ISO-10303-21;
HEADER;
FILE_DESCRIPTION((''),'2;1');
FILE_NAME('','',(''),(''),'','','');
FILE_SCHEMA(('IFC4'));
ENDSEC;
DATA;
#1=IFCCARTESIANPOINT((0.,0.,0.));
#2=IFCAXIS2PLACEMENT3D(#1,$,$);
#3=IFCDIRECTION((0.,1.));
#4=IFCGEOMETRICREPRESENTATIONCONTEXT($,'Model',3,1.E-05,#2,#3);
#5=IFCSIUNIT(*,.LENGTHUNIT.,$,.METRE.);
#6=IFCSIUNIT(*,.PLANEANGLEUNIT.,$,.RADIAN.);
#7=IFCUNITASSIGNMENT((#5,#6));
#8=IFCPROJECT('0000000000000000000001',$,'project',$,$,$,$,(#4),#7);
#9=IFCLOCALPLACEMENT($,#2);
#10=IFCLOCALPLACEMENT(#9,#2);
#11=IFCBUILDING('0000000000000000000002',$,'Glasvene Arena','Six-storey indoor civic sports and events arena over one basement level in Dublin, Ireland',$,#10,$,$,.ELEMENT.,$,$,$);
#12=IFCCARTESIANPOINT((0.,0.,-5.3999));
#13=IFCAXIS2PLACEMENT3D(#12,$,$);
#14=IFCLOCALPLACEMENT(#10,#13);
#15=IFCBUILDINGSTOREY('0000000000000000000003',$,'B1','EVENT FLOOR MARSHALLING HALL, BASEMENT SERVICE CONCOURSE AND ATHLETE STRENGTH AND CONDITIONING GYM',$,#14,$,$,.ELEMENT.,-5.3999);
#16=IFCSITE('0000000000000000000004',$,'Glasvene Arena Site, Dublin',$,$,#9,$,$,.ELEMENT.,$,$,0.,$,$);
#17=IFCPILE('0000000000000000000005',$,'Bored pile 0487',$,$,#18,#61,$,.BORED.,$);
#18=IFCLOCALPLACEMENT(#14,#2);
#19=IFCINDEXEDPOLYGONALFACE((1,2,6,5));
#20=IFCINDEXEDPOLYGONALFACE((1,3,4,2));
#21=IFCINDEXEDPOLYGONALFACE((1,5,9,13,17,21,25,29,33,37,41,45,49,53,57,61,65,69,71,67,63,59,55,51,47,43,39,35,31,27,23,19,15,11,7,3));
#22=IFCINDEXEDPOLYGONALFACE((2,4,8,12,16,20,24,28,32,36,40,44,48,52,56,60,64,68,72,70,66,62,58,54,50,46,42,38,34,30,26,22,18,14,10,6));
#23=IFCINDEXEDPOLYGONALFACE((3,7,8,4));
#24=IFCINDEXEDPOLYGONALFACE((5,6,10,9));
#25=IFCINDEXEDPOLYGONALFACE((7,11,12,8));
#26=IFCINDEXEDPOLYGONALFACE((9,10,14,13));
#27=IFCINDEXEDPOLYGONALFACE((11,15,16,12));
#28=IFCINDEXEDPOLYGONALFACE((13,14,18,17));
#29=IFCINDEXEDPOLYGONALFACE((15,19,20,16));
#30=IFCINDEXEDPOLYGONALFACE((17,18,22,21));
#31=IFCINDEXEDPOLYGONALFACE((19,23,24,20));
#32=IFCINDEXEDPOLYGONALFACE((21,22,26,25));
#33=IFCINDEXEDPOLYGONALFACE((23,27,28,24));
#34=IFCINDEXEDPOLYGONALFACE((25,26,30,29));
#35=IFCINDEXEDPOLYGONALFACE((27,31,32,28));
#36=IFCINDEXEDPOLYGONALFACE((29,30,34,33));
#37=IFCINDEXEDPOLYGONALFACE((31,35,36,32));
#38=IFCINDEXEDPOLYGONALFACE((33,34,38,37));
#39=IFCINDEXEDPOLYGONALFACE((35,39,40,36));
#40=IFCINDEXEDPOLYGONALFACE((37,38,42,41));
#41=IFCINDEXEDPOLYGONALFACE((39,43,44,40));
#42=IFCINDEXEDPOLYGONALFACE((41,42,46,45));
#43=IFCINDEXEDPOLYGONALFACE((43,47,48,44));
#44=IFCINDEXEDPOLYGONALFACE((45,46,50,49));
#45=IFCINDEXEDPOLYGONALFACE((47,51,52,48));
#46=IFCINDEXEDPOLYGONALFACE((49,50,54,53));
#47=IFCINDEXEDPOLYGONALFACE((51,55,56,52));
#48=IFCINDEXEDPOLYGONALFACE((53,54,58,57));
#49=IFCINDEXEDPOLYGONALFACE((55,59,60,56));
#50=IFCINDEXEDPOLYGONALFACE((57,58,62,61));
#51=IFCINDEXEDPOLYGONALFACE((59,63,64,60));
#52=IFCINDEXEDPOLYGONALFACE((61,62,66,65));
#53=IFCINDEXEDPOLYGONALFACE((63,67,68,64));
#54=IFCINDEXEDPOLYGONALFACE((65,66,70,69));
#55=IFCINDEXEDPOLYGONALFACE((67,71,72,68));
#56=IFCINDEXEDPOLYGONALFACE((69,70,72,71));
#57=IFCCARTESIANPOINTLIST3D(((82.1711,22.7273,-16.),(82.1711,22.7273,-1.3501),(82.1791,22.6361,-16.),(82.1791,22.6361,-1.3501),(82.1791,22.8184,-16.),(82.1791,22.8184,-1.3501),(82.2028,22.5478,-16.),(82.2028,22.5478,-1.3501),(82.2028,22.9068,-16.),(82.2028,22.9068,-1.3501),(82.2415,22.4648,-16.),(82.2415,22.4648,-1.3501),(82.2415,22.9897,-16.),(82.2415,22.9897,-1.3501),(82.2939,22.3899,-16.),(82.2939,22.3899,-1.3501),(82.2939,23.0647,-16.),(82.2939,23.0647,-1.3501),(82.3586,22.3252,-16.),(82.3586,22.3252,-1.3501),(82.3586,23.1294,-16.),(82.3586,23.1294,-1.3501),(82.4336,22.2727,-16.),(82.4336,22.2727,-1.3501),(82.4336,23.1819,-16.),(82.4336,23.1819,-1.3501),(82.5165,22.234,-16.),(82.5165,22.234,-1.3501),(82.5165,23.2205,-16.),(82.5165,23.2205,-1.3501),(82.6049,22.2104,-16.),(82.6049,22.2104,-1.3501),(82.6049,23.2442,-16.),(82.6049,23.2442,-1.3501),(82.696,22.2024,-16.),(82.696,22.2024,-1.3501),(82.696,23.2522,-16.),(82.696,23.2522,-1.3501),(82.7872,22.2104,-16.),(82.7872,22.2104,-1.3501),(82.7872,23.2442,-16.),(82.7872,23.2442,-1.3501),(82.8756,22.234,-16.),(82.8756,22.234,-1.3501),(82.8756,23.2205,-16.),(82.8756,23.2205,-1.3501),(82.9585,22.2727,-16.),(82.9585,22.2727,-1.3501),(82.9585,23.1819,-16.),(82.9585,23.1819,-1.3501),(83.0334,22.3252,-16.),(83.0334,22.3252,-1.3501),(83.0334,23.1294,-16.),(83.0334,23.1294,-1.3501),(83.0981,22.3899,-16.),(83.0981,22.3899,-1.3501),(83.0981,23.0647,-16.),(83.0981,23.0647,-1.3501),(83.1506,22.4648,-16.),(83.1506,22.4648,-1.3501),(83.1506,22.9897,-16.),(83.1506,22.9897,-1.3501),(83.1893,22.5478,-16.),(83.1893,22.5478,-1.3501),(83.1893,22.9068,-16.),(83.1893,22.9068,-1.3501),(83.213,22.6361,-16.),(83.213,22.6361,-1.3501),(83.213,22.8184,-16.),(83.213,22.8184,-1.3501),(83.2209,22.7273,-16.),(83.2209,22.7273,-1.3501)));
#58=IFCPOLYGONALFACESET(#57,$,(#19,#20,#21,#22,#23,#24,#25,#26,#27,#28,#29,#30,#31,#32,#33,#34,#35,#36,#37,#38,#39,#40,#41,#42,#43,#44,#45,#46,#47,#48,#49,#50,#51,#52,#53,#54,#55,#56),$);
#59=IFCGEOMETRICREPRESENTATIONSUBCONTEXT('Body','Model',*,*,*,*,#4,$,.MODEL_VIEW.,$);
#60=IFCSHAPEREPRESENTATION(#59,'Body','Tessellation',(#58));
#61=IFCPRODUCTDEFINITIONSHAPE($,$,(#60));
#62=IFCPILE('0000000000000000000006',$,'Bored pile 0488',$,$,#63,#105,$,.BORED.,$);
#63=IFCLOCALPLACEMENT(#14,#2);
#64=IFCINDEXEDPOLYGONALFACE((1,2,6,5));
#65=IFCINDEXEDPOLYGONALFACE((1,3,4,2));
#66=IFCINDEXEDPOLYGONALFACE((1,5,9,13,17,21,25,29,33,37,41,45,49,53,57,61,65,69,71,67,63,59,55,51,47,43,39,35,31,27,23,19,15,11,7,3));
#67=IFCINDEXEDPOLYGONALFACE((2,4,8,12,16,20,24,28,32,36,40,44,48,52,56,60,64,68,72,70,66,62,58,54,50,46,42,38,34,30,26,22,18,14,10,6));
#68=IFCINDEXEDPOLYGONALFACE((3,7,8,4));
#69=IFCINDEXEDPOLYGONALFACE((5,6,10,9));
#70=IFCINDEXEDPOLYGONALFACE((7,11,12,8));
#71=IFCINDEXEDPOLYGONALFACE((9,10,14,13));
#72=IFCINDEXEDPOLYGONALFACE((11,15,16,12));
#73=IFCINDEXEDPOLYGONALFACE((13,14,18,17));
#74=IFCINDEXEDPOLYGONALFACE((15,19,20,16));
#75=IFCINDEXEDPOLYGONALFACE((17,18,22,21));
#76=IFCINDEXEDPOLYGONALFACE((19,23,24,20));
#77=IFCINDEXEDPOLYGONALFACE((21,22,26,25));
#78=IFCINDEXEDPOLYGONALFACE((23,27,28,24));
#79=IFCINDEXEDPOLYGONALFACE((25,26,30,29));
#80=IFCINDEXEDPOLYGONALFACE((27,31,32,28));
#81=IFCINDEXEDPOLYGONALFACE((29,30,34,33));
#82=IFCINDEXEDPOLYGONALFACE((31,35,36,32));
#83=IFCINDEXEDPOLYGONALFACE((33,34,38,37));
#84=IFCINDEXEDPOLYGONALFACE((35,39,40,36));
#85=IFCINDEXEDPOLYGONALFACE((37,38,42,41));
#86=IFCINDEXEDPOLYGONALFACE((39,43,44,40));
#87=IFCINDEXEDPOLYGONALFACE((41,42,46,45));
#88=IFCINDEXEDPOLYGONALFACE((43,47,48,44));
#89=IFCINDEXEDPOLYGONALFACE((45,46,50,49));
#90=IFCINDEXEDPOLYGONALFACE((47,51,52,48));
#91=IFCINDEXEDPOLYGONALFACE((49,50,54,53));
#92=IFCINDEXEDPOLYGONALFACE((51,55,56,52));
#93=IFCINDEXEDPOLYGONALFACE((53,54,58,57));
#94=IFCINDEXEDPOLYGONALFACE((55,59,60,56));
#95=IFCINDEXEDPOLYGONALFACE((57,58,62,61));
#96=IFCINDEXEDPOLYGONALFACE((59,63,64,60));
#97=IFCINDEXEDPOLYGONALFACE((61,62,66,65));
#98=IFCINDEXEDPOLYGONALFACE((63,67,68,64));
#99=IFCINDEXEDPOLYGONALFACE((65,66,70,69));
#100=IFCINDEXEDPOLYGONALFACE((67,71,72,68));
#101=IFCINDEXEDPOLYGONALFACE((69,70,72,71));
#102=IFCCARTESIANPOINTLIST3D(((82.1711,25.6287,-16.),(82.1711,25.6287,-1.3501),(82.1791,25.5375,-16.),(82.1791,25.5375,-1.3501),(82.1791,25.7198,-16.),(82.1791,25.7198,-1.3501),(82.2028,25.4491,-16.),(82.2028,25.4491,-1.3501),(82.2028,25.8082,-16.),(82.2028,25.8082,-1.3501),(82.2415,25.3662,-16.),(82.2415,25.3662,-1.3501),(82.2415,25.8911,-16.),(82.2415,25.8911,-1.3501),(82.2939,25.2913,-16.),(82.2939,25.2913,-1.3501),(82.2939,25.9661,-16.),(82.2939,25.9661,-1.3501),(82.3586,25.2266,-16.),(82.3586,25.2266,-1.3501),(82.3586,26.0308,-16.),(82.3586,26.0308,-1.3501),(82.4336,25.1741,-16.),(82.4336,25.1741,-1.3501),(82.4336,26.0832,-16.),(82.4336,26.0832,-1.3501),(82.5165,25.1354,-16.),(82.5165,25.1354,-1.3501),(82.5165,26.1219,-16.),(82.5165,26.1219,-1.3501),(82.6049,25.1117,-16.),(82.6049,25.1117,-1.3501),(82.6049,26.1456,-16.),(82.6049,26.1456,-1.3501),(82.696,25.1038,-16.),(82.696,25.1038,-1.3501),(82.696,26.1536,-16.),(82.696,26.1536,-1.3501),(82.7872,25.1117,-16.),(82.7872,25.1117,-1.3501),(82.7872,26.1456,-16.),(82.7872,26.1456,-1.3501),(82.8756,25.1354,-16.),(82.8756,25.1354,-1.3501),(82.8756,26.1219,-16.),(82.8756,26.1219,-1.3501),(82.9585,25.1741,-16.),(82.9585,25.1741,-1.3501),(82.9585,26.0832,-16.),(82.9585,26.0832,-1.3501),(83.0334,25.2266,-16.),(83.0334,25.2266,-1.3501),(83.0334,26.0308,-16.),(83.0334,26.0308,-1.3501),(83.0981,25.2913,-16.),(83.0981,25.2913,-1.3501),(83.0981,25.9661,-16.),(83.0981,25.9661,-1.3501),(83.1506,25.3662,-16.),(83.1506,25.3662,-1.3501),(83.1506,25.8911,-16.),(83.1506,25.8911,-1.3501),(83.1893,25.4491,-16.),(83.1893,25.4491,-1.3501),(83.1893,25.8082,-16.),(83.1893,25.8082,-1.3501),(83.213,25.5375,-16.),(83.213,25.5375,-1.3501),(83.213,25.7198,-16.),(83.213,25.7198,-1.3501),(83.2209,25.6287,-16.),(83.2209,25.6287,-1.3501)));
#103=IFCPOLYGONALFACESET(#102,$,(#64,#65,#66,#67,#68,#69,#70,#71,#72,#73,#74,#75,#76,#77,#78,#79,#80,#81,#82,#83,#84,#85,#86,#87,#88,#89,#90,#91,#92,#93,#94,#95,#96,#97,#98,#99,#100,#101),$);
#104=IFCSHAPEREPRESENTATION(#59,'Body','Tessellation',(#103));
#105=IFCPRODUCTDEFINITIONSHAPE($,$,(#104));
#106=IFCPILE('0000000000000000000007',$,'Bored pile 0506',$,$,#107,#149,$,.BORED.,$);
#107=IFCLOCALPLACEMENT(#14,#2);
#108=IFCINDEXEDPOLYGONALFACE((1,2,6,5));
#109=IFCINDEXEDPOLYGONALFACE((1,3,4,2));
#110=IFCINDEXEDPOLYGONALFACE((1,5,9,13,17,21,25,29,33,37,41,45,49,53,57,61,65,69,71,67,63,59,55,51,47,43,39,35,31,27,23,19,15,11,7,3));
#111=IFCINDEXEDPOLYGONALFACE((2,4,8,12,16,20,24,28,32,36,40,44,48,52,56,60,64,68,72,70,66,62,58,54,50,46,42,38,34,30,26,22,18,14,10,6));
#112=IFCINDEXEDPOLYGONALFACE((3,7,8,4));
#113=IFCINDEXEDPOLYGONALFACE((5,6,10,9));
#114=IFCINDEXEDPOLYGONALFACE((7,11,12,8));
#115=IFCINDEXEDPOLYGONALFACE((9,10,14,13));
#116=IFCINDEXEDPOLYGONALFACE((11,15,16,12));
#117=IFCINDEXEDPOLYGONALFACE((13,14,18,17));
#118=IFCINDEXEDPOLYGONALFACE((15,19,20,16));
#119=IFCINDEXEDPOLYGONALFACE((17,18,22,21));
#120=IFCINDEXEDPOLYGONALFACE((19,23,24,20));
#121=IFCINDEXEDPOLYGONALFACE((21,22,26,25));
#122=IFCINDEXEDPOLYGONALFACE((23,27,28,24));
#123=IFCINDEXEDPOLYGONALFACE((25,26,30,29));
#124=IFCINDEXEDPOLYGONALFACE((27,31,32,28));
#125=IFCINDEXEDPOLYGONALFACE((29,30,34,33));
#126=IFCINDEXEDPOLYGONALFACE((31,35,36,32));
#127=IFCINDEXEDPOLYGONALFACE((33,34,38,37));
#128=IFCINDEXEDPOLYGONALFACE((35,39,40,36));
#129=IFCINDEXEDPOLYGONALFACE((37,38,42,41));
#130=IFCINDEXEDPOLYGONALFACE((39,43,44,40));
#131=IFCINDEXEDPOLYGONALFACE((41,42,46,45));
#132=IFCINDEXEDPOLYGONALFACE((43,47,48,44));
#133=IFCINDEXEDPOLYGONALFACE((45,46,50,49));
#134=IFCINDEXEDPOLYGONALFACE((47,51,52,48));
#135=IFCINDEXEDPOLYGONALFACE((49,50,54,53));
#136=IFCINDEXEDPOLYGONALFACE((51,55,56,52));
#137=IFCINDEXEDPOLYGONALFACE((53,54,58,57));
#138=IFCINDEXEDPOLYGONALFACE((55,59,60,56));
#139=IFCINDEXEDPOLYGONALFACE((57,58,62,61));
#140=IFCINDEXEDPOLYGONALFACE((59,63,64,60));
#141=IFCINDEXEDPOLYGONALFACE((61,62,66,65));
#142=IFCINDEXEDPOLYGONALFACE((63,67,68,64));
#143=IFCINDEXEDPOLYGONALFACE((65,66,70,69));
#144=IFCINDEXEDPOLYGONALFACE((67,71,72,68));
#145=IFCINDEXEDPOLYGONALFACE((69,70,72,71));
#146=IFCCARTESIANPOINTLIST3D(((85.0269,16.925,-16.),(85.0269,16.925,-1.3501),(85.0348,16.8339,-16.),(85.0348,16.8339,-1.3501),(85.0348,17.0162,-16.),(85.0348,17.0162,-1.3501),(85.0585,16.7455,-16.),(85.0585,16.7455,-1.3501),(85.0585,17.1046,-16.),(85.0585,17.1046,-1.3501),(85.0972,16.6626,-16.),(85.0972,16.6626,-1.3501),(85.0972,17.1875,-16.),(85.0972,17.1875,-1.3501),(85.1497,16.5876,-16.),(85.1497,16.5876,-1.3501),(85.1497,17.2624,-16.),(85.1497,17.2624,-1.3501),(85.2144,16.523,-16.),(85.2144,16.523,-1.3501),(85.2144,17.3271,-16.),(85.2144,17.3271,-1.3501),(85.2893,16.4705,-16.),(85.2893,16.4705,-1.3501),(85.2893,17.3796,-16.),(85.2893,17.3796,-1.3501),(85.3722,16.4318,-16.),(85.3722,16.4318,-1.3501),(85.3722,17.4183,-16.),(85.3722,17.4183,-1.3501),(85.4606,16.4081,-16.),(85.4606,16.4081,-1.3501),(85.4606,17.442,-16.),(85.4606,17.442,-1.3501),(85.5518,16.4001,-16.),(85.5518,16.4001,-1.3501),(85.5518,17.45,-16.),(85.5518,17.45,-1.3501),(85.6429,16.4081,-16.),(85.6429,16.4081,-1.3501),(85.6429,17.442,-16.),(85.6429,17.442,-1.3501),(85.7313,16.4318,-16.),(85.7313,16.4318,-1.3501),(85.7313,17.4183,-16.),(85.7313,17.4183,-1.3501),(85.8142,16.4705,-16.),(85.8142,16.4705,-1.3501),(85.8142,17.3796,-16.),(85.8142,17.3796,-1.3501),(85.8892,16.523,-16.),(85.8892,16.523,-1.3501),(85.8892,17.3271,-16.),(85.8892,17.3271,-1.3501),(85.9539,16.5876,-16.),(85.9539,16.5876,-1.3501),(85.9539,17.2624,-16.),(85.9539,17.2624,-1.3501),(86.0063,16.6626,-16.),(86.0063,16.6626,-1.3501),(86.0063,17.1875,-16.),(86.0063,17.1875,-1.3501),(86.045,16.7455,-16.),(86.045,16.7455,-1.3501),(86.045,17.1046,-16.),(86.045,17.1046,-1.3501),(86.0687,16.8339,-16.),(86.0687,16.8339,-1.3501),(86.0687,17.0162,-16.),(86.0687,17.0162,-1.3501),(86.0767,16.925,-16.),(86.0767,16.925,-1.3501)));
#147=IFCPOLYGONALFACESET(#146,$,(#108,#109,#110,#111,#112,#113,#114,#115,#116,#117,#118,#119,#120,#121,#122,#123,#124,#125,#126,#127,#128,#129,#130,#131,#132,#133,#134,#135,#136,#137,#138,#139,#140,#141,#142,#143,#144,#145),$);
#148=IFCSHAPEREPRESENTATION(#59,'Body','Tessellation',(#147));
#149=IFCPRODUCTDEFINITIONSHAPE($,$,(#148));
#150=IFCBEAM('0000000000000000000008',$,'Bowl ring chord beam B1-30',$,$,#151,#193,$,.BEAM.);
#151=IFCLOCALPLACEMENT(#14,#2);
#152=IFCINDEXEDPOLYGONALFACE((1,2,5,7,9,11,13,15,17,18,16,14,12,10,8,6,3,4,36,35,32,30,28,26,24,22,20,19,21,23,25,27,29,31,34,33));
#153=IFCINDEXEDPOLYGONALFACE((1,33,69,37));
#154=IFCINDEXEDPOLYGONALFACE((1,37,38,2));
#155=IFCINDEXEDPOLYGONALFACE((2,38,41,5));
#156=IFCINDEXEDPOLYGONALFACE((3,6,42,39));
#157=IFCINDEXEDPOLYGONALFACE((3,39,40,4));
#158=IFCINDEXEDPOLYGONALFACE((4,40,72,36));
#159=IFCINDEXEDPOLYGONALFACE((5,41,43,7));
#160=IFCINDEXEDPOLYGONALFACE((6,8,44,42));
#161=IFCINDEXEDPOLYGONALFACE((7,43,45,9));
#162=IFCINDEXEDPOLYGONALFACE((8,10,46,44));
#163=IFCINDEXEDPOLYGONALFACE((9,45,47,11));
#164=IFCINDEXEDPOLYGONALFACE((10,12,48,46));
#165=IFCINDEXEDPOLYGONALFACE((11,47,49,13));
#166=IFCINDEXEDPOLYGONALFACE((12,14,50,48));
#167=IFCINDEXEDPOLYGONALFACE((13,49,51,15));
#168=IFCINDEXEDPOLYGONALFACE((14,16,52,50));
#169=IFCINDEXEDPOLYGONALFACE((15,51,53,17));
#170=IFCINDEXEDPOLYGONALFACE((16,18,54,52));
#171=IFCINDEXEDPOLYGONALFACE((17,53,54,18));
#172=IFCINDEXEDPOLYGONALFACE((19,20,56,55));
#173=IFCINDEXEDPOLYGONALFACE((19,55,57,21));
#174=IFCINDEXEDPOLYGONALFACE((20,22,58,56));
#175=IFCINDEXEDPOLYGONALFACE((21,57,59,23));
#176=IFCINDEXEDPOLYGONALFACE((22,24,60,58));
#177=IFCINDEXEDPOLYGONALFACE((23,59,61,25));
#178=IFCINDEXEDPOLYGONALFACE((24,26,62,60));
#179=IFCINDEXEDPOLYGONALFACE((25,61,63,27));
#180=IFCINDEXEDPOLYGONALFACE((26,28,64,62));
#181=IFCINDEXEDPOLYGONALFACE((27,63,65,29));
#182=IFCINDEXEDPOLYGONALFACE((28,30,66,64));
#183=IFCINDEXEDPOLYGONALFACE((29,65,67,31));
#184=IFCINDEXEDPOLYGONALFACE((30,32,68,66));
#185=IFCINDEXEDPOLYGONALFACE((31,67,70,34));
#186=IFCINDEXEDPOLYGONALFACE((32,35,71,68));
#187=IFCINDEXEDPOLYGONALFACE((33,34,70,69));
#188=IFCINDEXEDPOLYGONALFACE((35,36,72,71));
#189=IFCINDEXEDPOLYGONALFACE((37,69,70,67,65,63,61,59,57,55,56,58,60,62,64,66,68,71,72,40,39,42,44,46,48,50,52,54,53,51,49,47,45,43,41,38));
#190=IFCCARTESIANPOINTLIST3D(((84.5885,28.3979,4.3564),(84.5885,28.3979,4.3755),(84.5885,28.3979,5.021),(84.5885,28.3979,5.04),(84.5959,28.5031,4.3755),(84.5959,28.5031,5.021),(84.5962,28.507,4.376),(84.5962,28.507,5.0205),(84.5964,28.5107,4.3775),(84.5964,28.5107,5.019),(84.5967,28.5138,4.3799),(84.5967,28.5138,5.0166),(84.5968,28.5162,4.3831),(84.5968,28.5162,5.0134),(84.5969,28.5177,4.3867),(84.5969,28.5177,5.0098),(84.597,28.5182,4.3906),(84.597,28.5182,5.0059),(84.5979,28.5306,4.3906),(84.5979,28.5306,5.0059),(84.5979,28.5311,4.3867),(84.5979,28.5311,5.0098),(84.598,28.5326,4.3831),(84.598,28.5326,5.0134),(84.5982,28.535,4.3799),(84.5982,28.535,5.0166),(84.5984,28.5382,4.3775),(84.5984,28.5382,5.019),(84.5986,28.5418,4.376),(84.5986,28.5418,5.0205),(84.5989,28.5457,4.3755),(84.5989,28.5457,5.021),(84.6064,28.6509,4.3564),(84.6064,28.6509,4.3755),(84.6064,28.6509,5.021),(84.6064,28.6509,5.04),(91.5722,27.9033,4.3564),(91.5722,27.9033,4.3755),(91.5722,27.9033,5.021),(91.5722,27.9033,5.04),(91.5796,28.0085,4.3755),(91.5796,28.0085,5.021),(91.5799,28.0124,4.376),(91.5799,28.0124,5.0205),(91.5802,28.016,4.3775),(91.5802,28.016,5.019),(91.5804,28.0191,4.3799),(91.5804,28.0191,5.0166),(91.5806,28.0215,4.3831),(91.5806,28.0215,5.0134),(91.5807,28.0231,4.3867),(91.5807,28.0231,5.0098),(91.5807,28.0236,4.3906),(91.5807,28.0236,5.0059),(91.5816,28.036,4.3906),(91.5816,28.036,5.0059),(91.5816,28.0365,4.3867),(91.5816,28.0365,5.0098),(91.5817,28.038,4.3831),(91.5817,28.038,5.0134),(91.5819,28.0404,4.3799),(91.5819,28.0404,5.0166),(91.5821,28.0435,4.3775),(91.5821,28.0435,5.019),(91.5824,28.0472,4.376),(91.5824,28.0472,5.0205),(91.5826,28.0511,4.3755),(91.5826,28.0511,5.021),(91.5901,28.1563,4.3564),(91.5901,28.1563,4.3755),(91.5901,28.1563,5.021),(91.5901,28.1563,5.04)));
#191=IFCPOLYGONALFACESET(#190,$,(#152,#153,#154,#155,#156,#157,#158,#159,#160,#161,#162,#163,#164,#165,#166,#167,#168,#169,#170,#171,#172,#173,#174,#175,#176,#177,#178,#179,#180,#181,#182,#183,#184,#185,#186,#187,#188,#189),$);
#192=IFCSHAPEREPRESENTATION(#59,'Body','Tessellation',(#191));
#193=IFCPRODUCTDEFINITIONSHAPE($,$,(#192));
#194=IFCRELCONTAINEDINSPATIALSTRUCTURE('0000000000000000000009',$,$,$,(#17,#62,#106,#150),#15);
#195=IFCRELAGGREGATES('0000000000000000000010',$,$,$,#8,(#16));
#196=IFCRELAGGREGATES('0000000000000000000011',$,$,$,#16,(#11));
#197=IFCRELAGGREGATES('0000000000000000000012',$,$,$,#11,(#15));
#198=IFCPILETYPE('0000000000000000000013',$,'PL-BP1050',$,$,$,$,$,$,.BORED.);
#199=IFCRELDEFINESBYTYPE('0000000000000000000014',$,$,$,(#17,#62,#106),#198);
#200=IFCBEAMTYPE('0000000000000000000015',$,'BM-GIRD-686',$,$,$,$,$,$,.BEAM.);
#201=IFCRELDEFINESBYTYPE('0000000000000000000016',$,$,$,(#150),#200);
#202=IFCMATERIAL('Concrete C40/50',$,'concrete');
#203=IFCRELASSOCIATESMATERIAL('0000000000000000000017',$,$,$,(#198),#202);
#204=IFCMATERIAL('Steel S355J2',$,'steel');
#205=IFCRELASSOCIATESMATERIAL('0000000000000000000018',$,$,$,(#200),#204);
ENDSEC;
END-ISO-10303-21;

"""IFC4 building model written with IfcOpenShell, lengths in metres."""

from ifc_helpers import new_model, si_unit, direction, frame, origin, origin_2d, place, context, subcontext, project, spatial, circle, i_section, extrude, material, material_profile, profile_set, type_object, element, save


model = new_model("IFC4")

# Units and contexts
model_context = context("Model", 3, precision=1e-05, world=origin(), true_north=direction((0.0, 1.0)))
body_context = subcontext(model_context, "Body", "Model", "MODEL_VIEW")
ifc_project = project(units=[si_unit("LENGTHUNIT", "METRE"), si_unit("PLANEANGLEUNIT", "RADIAN")], contexts=[model_context])

# Site, building, storey
site_placement = place(None, origin())
site = spatial("IfcSite", under=ifc_project, at=site_placement, Name="Glasvene Arena Site, Dublin", CompositionType="ELEMENT", RefElevation=0.0)
building_placement = place(site_placement, origin())
building = spatial("IfcBuilding", under=site, at=building_placement, Name="Glasvene Arena", Description="Six-storey indoor civic sports and events arena over one basement level in Dublin, Ireland", CompositionType="ELEMENT")
storey_placement = place(building_placement, frame((0.0, 0.0, -5.3999)))
storey = spatial("IfcBuildingStorey", under=building, at=storey_placement, Name="B1", Description="EVENT FLOOR MARSHALLING HALL, BASEMENT SERVICE CONCOURSE AND ATHLETE STRENGTH AND CONDITIONING GYM", CompositionType="ELEMENT", Elevation=-5.3999)

# Piles
ifc_material_1 = material(Name="Concrete C40/50", Category="concrete")
ifc_material_profile_1 = material_profile(ifc_material_1, circle(Radius=0.5249, at=origin_2d()), Name="BORED PILE 1050")
ifc_profile_set_1 = profile_set([ifc_material_profile_1], Name="Concrete C40/50")
pile_type = type_object("IfcPileType", Name="PL-BP1050", PredefinedType="BORED", material=ifc_profile_set_1)
for number, where, z_axis, x_axis, name in (
    (1, (82.696, 22.7273, -1.3501), (0.0, 0.0, -1.0), (1.0, 0.0, 0.0), "Bored pile 0487"),
    (2, (82.696, 25.6287, -1.3501), (0.0, 0.0, -1.0), (1.0, 0.0, 0.0), "Bored pile 0488"),
    (3, (85.5518, 16.925, -1.3501), (0.0, 0.0, -1.0), (1.0, 0.0, 0.0), "Bored pile 0506"),
):
    element("IfcPile", number, at=place(storey_placement, frame(where, z_axis=z_axis, x_axis=x_axis)), inside=storey, type_object=pile_type, Name=name, PredefinedType="BORED", context=body_context, shape_type="SweptSolid", body=[
        extrude(circle(Radius=0.5249, at=origin_2d()), origin(), (0.0, 0.0, 1.0), 14.6499),
    ])

# Beam
ifc_material_2 = material(Name="Steel S355J2", Category="steel")
ifc_material_profile_2 = material_profile(ifc_material_2, i_section(OverallWidth=0.2537, OverallDepth=0.6836, WebThickness=0.0125, FlangeThickness=0.019, FilletRadius=0.0151, at=origin_2d()), Name="UKB 686x254x140")
ifc_profile_set_2 = profile_set([ifc_material_profile_2], Name="Steel S355J2")
beam_type = type_object("IfcBeamType", Name="BM-GIRD-686", PredefinedType="BEAM", material=ifc_profile_set_2)
beam_placement = place(storey_placement, frame((84.5974, 28.5244, 4.6982), z_axis=(0.997501, -0.07065, 0.0), x_axis=(0.07065, 0.997501, 0.0)))
element("IfcBeam", 4, at=beam_placement, inside=storey, type_object=beam_type, Name="Bowl ring chord beam B1-30", PredefinedType="BEAM", context=body_context, shape_type="SweptSolid", body=[
    extrude(i_section(OverallWidth=0.2537, OverallDepth=0.6836, WebThickness=0.0125, FlangeThickness=0.019, FilletRadius=0.0151, at=origin_2d()), origin(), (0.0, 0.0, 1.0), 7.0012),
])

save(model, "model.ifc")
